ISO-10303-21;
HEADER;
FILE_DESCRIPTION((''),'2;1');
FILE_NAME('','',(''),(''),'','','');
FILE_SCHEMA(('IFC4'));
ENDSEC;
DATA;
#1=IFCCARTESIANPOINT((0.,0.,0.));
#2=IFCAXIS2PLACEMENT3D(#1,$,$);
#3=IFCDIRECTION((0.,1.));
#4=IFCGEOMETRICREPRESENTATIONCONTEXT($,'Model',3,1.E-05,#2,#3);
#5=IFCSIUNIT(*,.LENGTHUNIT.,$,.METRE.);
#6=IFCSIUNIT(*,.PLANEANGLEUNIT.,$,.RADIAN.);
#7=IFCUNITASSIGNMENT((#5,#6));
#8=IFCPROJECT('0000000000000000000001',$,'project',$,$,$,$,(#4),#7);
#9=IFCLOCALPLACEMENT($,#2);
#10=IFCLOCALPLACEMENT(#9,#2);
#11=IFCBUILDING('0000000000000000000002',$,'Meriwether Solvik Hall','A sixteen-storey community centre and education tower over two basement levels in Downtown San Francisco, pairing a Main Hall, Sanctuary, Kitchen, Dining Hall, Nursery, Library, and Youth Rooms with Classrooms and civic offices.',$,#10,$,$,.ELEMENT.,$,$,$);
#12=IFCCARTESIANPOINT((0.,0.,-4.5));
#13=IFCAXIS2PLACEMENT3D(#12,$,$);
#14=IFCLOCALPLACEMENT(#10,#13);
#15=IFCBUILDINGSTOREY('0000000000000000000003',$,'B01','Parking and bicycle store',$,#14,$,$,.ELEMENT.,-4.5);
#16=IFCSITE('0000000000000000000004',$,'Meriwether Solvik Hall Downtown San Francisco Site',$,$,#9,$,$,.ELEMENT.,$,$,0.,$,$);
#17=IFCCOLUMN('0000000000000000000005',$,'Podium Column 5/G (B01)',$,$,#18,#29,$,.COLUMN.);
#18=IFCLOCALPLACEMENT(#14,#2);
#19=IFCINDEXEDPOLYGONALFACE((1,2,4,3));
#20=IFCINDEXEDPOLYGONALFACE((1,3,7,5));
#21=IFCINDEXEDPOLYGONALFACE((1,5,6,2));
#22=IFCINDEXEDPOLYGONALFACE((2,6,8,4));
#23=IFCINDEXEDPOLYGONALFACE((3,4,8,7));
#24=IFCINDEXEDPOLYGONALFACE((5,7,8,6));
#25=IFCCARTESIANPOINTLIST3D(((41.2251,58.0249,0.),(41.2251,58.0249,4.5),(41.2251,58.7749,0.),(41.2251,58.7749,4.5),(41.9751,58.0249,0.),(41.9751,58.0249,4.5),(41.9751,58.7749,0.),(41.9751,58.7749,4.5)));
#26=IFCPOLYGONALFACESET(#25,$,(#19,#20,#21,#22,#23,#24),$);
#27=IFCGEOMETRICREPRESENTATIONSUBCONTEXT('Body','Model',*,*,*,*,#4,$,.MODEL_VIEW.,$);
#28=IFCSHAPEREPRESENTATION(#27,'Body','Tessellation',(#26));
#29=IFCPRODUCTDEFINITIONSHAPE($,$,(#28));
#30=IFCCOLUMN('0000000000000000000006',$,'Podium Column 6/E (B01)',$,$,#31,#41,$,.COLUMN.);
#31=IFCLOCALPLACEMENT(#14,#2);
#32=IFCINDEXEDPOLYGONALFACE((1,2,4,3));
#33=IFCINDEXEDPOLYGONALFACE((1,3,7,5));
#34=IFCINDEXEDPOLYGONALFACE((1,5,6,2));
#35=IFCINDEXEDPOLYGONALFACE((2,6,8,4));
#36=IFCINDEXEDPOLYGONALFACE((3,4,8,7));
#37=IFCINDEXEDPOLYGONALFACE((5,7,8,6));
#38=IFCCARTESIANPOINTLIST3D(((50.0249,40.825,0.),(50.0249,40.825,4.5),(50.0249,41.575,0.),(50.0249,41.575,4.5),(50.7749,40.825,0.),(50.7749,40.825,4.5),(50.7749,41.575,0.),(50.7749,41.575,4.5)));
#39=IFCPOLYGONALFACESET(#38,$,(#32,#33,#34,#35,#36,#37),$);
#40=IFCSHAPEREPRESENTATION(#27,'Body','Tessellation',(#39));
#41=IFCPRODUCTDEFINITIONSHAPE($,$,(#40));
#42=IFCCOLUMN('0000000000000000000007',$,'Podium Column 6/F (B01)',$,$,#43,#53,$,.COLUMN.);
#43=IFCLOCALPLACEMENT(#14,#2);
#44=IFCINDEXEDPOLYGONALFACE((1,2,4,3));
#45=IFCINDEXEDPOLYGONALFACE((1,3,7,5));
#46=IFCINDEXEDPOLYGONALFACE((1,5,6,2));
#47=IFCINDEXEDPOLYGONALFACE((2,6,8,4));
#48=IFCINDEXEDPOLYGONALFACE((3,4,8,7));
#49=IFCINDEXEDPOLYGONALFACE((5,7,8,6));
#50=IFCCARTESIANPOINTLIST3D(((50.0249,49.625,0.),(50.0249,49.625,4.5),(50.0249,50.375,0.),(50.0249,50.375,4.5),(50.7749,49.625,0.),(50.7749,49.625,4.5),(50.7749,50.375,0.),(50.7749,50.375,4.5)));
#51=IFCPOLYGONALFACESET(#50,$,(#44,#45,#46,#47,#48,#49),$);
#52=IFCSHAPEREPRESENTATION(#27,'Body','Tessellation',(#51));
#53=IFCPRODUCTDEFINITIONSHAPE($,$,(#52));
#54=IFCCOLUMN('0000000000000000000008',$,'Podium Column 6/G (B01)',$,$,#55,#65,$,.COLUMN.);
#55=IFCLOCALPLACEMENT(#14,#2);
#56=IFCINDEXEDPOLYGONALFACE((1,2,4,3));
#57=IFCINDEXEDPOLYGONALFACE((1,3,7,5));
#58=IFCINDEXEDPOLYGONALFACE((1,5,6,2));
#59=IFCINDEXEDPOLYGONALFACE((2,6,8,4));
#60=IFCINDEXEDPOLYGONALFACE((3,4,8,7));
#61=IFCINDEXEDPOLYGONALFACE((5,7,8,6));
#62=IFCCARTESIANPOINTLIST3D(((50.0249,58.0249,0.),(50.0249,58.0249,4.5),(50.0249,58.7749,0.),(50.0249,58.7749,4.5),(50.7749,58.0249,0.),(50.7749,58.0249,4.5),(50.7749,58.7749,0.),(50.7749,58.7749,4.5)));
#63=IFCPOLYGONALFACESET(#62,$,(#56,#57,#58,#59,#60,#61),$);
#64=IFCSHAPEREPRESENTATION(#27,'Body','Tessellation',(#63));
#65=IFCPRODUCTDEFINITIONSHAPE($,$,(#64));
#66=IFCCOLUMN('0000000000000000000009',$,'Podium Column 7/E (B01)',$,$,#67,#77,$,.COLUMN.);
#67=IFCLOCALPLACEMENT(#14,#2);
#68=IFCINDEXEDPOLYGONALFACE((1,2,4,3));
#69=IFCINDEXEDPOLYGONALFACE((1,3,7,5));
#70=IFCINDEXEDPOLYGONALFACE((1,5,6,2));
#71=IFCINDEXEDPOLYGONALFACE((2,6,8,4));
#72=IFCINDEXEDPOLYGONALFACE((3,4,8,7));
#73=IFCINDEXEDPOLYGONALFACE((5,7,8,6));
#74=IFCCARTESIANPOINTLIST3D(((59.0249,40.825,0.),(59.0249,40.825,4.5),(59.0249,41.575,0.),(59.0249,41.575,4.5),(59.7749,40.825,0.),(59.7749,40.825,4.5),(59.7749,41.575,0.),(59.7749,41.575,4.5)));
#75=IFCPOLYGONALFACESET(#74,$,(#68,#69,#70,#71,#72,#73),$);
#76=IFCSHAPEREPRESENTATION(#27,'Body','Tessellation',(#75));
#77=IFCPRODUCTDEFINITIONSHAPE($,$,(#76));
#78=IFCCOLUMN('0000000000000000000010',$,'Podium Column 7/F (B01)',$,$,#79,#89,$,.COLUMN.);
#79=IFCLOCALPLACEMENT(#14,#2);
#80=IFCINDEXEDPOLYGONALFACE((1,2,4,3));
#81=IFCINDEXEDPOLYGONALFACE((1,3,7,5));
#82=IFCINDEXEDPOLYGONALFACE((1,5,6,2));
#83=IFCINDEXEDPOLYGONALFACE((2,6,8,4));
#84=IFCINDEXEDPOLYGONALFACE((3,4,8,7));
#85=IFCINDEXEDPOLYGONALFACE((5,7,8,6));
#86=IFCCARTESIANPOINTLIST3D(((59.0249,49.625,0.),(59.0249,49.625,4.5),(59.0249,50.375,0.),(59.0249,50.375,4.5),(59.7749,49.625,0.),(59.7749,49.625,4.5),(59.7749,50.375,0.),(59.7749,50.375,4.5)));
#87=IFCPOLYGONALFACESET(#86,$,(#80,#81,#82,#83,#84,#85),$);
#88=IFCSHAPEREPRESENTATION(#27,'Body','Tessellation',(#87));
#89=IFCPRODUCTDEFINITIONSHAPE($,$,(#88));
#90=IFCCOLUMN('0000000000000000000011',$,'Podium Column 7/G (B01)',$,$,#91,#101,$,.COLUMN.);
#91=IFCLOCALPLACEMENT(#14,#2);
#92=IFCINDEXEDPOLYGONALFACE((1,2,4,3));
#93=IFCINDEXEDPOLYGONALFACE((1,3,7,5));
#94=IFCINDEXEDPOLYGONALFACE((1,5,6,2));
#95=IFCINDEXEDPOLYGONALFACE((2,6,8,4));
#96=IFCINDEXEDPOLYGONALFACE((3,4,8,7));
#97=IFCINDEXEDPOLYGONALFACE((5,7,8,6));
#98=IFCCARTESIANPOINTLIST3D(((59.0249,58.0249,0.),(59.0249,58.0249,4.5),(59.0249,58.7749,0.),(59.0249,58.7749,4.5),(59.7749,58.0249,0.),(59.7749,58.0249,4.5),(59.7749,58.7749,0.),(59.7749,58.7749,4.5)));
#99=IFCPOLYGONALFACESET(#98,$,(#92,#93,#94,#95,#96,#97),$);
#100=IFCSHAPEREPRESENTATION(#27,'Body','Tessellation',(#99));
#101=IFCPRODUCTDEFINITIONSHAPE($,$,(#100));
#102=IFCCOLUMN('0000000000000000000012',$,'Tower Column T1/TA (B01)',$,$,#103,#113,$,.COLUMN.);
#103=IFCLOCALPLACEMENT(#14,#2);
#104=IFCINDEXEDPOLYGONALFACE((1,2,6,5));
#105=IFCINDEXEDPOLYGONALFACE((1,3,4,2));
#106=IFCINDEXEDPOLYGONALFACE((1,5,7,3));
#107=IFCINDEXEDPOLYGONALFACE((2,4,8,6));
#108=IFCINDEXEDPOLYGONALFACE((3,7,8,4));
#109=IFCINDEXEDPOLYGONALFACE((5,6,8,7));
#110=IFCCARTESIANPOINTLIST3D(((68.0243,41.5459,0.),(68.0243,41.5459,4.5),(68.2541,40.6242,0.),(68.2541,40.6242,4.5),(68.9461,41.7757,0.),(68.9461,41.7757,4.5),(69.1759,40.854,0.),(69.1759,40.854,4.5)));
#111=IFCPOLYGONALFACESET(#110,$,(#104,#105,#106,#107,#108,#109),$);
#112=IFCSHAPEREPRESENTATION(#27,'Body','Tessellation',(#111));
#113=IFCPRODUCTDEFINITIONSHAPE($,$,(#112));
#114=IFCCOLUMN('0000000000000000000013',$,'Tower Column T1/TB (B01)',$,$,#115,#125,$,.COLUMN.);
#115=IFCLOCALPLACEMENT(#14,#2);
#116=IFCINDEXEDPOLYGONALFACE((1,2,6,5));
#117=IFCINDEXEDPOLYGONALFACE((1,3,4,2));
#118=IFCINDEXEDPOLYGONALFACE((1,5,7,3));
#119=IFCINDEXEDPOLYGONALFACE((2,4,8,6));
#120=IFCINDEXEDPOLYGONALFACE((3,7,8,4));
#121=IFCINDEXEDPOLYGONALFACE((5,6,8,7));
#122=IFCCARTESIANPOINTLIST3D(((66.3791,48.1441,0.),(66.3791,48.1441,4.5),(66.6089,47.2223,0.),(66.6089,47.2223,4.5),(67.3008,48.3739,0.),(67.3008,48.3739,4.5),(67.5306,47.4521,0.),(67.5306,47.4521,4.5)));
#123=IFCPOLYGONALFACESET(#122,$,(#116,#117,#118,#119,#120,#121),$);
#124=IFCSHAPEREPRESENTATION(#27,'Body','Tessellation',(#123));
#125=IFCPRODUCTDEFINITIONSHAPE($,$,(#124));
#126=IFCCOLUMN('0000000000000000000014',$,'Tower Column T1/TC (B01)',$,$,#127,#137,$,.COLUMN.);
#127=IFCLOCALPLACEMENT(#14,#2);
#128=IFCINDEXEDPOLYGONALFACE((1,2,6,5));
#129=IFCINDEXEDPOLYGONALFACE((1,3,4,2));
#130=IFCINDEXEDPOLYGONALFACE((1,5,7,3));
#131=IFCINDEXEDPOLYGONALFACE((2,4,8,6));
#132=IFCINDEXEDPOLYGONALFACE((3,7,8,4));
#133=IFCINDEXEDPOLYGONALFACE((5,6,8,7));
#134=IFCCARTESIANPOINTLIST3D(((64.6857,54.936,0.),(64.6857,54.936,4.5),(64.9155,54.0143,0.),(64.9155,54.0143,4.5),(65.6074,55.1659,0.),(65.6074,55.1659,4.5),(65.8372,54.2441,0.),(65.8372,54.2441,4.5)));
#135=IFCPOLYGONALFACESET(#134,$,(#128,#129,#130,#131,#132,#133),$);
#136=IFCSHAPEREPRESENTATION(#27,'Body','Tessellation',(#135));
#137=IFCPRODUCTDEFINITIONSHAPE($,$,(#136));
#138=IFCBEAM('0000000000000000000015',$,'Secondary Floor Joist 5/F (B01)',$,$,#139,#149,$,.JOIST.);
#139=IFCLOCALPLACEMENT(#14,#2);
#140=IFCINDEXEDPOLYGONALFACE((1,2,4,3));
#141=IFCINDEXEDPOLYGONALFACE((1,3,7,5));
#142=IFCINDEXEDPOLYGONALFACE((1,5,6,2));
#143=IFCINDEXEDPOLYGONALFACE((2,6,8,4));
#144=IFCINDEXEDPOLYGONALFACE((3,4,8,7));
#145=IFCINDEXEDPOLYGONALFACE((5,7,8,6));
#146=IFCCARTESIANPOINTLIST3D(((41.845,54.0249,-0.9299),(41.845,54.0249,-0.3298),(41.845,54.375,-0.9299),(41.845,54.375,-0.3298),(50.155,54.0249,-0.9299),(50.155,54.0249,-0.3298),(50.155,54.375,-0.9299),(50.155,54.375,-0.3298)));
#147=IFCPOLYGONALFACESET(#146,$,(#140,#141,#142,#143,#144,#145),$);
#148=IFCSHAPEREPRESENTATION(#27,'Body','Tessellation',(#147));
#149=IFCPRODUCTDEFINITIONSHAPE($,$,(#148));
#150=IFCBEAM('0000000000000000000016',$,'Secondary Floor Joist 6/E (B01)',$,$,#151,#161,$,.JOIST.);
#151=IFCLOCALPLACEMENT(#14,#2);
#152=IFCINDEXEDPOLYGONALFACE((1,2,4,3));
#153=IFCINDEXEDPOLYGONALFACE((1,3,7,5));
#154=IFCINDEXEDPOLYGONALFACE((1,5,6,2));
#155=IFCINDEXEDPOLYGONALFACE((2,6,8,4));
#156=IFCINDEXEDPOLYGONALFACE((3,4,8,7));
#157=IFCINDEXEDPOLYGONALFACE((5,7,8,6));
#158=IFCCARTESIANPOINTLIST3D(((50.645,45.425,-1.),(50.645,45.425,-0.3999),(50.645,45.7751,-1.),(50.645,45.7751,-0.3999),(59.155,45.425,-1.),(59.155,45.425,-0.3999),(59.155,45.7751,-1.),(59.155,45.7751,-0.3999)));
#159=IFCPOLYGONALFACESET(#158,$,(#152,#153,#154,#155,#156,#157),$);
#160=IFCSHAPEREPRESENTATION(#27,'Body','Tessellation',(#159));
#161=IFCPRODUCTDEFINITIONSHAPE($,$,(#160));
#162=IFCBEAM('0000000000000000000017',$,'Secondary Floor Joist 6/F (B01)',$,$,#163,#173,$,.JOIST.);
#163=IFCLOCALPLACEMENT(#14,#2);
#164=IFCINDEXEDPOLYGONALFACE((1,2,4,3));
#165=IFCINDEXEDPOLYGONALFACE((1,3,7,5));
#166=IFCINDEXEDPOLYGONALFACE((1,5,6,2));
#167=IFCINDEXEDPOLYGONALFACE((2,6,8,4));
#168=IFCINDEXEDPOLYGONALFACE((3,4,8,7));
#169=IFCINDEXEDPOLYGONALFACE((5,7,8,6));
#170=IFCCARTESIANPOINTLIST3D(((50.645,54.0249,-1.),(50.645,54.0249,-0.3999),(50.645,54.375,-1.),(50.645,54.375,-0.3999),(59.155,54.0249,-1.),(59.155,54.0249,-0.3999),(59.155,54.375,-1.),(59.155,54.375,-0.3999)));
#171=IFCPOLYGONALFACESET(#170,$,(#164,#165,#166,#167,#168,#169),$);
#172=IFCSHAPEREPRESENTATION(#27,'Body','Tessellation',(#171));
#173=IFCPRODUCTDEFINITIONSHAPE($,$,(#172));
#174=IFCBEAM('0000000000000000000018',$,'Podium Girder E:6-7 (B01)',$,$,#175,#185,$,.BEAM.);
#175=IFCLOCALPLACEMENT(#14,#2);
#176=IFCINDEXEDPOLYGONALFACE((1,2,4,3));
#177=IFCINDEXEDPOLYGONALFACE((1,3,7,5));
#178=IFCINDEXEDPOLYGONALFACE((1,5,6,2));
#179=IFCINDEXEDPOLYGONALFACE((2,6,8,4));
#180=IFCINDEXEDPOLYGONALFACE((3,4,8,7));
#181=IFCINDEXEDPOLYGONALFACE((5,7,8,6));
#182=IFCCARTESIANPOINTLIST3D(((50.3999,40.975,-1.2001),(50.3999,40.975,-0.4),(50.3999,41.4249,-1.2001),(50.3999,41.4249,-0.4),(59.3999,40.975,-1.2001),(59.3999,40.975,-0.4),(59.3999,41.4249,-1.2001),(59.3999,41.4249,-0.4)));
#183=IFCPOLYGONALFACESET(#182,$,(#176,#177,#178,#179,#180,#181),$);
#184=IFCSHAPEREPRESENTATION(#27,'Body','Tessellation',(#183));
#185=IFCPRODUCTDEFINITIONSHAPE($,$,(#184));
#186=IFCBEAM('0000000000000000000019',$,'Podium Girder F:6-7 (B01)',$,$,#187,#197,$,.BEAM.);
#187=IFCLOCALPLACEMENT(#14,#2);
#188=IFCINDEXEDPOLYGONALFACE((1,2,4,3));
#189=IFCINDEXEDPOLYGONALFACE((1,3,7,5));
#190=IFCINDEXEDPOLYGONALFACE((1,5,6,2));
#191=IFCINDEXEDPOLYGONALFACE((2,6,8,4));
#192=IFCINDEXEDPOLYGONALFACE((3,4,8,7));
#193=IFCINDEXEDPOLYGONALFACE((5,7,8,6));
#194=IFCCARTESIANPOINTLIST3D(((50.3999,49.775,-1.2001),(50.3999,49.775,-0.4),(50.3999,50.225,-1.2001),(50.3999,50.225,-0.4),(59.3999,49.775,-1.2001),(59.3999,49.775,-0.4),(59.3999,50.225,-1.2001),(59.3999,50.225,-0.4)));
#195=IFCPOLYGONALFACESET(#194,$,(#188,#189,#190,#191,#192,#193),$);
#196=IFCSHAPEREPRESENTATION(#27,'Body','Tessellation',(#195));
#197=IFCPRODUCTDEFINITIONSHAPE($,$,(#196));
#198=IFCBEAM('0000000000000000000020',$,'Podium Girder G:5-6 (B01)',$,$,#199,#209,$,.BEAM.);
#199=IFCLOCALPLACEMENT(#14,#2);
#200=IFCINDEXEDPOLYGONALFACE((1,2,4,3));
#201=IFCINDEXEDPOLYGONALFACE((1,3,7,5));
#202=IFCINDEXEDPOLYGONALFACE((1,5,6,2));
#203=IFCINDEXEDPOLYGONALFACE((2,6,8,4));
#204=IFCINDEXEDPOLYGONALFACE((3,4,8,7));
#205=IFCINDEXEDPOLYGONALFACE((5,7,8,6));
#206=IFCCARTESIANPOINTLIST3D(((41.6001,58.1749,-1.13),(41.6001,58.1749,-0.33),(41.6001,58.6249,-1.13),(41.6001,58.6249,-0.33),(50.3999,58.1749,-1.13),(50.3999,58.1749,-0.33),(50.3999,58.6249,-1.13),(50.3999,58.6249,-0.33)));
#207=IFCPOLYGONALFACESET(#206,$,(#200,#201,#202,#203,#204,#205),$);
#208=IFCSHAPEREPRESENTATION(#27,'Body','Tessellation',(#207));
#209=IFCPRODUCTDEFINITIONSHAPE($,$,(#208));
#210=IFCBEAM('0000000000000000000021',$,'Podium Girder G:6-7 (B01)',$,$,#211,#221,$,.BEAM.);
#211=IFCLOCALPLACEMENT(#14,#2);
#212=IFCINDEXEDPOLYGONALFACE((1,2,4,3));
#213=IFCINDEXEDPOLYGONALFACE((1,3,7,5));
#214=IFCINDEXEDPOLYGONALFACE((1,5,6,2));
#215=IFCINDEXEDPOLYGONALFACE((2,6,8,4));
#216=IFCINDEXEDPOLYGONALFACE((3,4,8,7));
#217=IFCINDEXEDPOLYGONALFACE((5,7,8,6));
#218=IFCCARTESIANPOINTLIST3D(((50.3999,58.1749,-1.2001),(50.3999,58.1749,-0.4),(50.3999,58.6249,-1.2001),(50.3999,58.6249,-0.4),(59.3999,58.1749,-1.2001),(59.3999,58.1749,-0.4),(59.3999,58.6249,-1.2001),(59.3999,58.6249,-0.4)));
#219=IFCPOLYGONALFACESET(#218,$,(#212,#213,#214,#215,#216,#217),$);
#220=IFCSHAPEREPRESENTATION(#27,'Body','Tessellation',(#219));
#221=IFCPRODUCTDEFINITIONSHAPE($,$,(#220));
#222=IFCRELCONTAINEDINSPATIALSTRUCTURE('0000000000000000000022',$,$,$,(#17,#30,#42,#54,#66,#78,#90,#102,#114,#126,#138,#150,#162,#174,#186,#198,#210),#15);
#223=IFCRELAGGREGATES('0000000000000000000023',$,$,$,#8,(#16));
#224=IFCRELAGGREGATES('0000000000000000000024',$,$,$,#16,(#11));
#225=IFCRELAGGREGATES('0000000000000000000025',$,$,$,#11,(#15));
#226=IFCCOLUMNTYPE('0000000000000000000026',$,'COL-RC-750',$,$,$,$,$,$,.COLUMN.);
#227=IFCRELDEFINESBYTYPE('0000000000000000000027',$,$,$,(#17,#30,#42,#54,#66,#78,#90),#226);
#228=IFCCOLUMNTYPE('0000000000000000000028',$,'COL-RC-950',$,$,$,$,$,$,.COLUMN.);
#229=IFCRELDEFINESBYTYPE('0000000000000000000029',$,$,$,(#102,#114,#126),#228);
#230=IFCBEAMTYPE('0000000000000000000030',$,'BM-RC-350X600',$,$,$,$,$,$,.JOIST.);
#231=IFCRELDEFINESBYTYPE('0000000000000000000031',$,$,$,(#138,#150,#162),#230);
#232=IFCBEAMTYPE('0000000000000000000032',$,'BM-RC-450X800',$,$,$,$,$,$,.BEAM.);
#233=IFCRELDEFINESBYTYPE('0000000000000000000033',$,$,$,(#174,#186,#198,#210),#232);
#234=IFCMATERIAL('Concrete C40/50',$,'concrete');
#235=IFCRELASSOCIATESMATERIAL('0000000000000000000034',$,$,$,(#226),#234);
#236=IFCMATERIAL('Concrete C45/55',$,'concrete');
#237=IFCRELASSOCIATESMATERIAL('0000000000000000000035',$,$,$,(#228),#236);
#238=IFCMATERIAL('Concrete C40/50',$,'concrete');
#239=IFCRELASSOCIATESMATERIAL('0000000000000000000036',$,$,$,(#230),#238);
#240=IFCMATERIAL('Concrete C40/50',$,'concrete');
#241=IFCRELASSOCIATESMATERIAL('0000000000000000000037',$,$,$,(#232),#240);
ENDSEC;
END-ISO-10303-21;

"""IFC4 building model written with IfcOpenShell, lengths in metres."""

from ifc_helpers import new_model, si_unit, direction, frame, origin, origin_2d, place, context, subcontext, project, spatial, rectangle, extrude, material, material_profile, profile_set, type_object, element, save


model = new_model("IFC4")

# Units and contexts
model_context = context("Model", 3, precision=1e-05, world=origin(), true_north=direction((0.0, 1.0)))
body_context = subcontext(model_context, "Body", "Model", "MODEL_VIEW")
ifc_project = project(units=[si_unit("LENGTHUNIT", "METRE"), si_unit("PLANEANGLEUNIT", "RADIAN")], contexts=[model_context])

# Site, building, storey
site_placement = place(None, origin())
site = spatial("IfcSite", under=ifc_project, at=site_placement, Name="Meriwether Solvik Hall Downtown San Francisco Site", CompositionType="ELEMENT", RefElevation=0.0)
building_placement = place(site_placement, origin())
building = spatial("IfcBuilding", under=site, at=building_placement, Name="Meriwether Solvik Hall", Description="A sixteen-storey community centre and education tower over two basement levels in Downtown San Francisco, pairing a Main Hall, Sanctuary, Kitchen, Dining Hall, Nursery, Library, and Youth Rooms with Classrooms and civic offices.", CompositionType="ELEMENT")
storey_placement = place(building_placement, frame((0.0, 0.0, -4.5)))
storey = spatial("IfcBuildingStorey", under=building, at=storey_placement, Name="B01", Description="Parking and bicycle store", CompositionType="ELEMENT", Elevation=-4.5)

# Columns
ifc_material_1 = material(Name="Concrete C40/50", Category="concrete")
ifc_material_profile_1 = material_profile(ifc_material_1, rectangle(XDim=0.75, YDim=0.75, at=origin_2d()), Name="RCC-750X750")
ifc_profile_set_1 = profile_set([ifc_material_profile_1], Name="Concrete C40/50")
column_type_1 = type_object("IfcColumnType", Name="COL-RC-750", PredefinedType="COLUMN", material=ifc_profile_set_1)
for number, where, z_axis, x_axis, name in (
    (1, (41.6001, 58.3999, 0.0), (0.0, 0.0, 1.0), (1.0, 0.0, 0.0), "Podium Column 5/G (B01)"),
    (2, (50.3999, 41.2, 0.0), (0.0, 0.0, 1.0), (1.0, 0.0, 0.0), "Podium Column 6/E (B01)"),
    (3, (50.3999, 50.0, 0.0), (0.0, 0.0, 1.0), (1.0, 0.0, 0.0), "Podium Column 6/F (B01)"),
    (4, (50.3999, 58.3999, 0.0), (0.0, 0.0, 1.0), (1.0, 0.0, 0.0), "Podium Column 6/G (B01)"),
    (5, (59.3999, 41.2, 0.0), (0.0, 0.0, 1.0), (1.0, 0.0, 0.0), "Podium Column 7/E (B01)"),
    (6, (59.3999, 50.0, 0.0), (0.0, 0.0, 1.0), (1.0, 0.0, 0.0), "Podium Column 7/F (B01)"),
    (7, (59.3999, 58.3999, 0.0), (0.0, 0.0, 1.0), (1.0, 0.0, 0.0), "Podium Column 7/G (B01)"),
):
    element("IfcColumn", number, at=place(storey_placement, frame(where, z_axis=z_axis, x_axis=x_axis)), inside=storey, type_object=column_type_1, Name=name, PredefinedType="COLUMN", context=body_context, shape_type="SweptSolid", body=[
        extrude(rectangle(XDim=0.75, YDim=0.75, at=origin_2d()), origin(), (0.0, 0.0, 1.0), 4.5),
    ])
ifc_material_2 = material(Name="Concrete C45/55", Category="concrete")
ifc_material_profile_2 = material_profile(ifc_material_2, rectangle(XDim=0.95, YDim=0.95, at=origin_2d()), Name="RCC-950X950")
ifc_profile_set_2 = profile_set([ifc_material_profile_2], Name="Concrete C45/55")
column_type_2 = type_object("IfcColumnType", Name="COL-RC-950", PredefinedType="COLUMN", material=ifc_profile_set_2)
for number, where, z_axis, x_axis, name in (
    (8, (68.6001, 41.2, 0.0), (0.0, 0.0, 1.0), (0.970296, 0.241922, 0.0), "Tower Column T1/TA (B01)"),
    (9, (66.9548, 47.7981, 0.0), (0.0, 0.0, 1.0), (0.970296, 0.241922, 0.0), "Tower Column T1/TB (B01)"),
    (10, (65.2615, 54.5901, 0.0), (0.0, 0.0, 1.0), (0.970296, 0.241922, 0.0), "Tower Column T1/TC (B01)"),
):
    element("IfcColumn", number, at=place(storey_placement, frame(where, z_axis=z_axis, x_axis=x_axis)), inside=storey, type_object=column_type_2, Name=name, PredefinedType="COLUMN", context=body_context, shape_type="SweptSolid", body=[
        extrude(rectangle(XDim=0.95, YDim=0.95, at=origin_2d()), origin(), (0.0, 0.0, 1.0), 4.5),
    ])

# Beams
ifc_material_3 = material(Name="Concrete C40/50", Category="concrete")
ifc_material_profile_3 = material_profile(ifc_material_3, rectangle(XDim=0.3501, YDim=0.6001, at=origin_2d()), Name="RCB-350X600")
ifc_profile_set_3 = profile_set([ifc_material_profile_3], Name="Concrete C40/50")
beam_type_1 = type_object("IfcBeamType", Name="BM-RC-350X600", PredefinedType="JOIST", material=ifc_profile_set_3)
beam_1_placement = place(storey_placement, frame((41.845, 54.2, -0.6299), z_axis=(1.0, 0.0, 0.0), x_axis=(0.0, 1.0, 0.0)))
element("IfcBeam", 11, at=beam_1_placement, inside=storey, type_object=beam_type_1, Name="Secondary Floor Joist 5/F (B01)", PredefinedType="JOIST", context=body_context, shape_type="SweptSolid", body=[
    extrude(rectangle(XDim=0.3501, YDim=0.6001, at=origin_2d()), origin(), (0.0, 0.0, 1.0), 8.3101),
])
for number, where, z_axis, x_axis, name in (
    (12, (50.645, 45.6001, -0.7), (1.0, 0.0, 0.0), (0.0, 1.0, 0.0), "Secondary Floor Joist 6/E (B01)"),
    (13, (50.645, 54.2, -0.7), (1.0, 0.0, 0.0), (0.0, 1.0, 0.0), "Secondary Floor Joist 6/F (B01)"),
):
    element("IfcBeam", number, at=place(storey_placement, frame(where, z_axis=z_axis, x_axis=x_axis)), inside=storey, type_object=beam_type_1, Name=name, PredefinedType="JOIST", context=body_context, shape_type="SweptSolid", body=[
        extrude(rectangle(XDim=0.3501, YDim=0.6001, at=origin_2d()), origin(), (0.0, 0.0, 1.0), 8.51),
    ])
ifc_material_4 = material(Name="Concrete C40/50", Category="concrete")
ifc_material_profile_4 = material_profile(ifc_material_4, rectangle(XDim=0.45, YDim=0.8, at=origin_2d()), Name="RCB-450X800")
ifc_profile_set_4 = profile_set([ifc_material_profile_4], Name="Concrete C40/50")
beam_type_2 = type_object("IfcBeamType", Name="BM-RC-450X800", PredefinedType="BEAM", material=ifc_profile_set_4)
for number, where, z_axis, x_axis, name in (
    (14, (50.3999, 41.2, -0.8), (1.0, 0.0, 0.0), (0.0, 1.0, 0.0), "Podium Girder E:6-7 (B01)"),
    (15, (50.3999, 50.0, -0.8), (1.0, 0.0, 0.0), (0.0, 1.0, 0.0), "Podium Girder F:6-7 (B01)"),
):
    element("IfcBeam", number, at=place(storey_placement, frame(where, z_axis=z_axis, x_axis=x_axis)), inside=storey, type_object=beam_type_2, Name=name, PredefinedType="BEAM", context=body_context, shape_type="SweptSolid", body=[
        extrude(rectangle(XDim=0.45, YDim=0.8, at=origin_2d()), origin(), (0.0, 0.0, 1.0), 9.0),
    ])
beam_2_placement = place(storey_placement, frame((41.6001, 58.3999, -0.73), z_axis=(1.0, 0.0, 0.0), x_axis=(0.0, 1.0, 0.0)))
element("IfcBeam", 16, at=beam_2_placement, inside=storey, type_object=beam_type_2, Name="Podium Girder G:5-6 (B01)", PredefinedType="BEAM", context=body_context, shape_type="SweptSolid", body=[
    extrude(rectangle(XDim=0.45, YDim=0.8, at=origin_2d()), origin(), (0.0, 0.0, 1.0), 8.7998),
])
beam_3_placement = place(storey_placement, frame((50.3999, 58.3999, -0.8), z_axis=(1.0, 0.0, 0.0), x_axis=(0.0, 1.0, 0.0)))
element("IfcBeam", 17, at=beam_3_placement, inside=storey, type_object=beam_type_2, Name="Podium Girder G:6-7 (B01)", PredefinedType="BEAM", context=body_context, shape_type="SweptSolid", body=[
    extrude(rectangle(XDim=0.45, YDim=0.8, at=origin_2d()), origin(), (0.0, 0.0, 1.0), 9.0),
])

save(model, "model.ifc")
